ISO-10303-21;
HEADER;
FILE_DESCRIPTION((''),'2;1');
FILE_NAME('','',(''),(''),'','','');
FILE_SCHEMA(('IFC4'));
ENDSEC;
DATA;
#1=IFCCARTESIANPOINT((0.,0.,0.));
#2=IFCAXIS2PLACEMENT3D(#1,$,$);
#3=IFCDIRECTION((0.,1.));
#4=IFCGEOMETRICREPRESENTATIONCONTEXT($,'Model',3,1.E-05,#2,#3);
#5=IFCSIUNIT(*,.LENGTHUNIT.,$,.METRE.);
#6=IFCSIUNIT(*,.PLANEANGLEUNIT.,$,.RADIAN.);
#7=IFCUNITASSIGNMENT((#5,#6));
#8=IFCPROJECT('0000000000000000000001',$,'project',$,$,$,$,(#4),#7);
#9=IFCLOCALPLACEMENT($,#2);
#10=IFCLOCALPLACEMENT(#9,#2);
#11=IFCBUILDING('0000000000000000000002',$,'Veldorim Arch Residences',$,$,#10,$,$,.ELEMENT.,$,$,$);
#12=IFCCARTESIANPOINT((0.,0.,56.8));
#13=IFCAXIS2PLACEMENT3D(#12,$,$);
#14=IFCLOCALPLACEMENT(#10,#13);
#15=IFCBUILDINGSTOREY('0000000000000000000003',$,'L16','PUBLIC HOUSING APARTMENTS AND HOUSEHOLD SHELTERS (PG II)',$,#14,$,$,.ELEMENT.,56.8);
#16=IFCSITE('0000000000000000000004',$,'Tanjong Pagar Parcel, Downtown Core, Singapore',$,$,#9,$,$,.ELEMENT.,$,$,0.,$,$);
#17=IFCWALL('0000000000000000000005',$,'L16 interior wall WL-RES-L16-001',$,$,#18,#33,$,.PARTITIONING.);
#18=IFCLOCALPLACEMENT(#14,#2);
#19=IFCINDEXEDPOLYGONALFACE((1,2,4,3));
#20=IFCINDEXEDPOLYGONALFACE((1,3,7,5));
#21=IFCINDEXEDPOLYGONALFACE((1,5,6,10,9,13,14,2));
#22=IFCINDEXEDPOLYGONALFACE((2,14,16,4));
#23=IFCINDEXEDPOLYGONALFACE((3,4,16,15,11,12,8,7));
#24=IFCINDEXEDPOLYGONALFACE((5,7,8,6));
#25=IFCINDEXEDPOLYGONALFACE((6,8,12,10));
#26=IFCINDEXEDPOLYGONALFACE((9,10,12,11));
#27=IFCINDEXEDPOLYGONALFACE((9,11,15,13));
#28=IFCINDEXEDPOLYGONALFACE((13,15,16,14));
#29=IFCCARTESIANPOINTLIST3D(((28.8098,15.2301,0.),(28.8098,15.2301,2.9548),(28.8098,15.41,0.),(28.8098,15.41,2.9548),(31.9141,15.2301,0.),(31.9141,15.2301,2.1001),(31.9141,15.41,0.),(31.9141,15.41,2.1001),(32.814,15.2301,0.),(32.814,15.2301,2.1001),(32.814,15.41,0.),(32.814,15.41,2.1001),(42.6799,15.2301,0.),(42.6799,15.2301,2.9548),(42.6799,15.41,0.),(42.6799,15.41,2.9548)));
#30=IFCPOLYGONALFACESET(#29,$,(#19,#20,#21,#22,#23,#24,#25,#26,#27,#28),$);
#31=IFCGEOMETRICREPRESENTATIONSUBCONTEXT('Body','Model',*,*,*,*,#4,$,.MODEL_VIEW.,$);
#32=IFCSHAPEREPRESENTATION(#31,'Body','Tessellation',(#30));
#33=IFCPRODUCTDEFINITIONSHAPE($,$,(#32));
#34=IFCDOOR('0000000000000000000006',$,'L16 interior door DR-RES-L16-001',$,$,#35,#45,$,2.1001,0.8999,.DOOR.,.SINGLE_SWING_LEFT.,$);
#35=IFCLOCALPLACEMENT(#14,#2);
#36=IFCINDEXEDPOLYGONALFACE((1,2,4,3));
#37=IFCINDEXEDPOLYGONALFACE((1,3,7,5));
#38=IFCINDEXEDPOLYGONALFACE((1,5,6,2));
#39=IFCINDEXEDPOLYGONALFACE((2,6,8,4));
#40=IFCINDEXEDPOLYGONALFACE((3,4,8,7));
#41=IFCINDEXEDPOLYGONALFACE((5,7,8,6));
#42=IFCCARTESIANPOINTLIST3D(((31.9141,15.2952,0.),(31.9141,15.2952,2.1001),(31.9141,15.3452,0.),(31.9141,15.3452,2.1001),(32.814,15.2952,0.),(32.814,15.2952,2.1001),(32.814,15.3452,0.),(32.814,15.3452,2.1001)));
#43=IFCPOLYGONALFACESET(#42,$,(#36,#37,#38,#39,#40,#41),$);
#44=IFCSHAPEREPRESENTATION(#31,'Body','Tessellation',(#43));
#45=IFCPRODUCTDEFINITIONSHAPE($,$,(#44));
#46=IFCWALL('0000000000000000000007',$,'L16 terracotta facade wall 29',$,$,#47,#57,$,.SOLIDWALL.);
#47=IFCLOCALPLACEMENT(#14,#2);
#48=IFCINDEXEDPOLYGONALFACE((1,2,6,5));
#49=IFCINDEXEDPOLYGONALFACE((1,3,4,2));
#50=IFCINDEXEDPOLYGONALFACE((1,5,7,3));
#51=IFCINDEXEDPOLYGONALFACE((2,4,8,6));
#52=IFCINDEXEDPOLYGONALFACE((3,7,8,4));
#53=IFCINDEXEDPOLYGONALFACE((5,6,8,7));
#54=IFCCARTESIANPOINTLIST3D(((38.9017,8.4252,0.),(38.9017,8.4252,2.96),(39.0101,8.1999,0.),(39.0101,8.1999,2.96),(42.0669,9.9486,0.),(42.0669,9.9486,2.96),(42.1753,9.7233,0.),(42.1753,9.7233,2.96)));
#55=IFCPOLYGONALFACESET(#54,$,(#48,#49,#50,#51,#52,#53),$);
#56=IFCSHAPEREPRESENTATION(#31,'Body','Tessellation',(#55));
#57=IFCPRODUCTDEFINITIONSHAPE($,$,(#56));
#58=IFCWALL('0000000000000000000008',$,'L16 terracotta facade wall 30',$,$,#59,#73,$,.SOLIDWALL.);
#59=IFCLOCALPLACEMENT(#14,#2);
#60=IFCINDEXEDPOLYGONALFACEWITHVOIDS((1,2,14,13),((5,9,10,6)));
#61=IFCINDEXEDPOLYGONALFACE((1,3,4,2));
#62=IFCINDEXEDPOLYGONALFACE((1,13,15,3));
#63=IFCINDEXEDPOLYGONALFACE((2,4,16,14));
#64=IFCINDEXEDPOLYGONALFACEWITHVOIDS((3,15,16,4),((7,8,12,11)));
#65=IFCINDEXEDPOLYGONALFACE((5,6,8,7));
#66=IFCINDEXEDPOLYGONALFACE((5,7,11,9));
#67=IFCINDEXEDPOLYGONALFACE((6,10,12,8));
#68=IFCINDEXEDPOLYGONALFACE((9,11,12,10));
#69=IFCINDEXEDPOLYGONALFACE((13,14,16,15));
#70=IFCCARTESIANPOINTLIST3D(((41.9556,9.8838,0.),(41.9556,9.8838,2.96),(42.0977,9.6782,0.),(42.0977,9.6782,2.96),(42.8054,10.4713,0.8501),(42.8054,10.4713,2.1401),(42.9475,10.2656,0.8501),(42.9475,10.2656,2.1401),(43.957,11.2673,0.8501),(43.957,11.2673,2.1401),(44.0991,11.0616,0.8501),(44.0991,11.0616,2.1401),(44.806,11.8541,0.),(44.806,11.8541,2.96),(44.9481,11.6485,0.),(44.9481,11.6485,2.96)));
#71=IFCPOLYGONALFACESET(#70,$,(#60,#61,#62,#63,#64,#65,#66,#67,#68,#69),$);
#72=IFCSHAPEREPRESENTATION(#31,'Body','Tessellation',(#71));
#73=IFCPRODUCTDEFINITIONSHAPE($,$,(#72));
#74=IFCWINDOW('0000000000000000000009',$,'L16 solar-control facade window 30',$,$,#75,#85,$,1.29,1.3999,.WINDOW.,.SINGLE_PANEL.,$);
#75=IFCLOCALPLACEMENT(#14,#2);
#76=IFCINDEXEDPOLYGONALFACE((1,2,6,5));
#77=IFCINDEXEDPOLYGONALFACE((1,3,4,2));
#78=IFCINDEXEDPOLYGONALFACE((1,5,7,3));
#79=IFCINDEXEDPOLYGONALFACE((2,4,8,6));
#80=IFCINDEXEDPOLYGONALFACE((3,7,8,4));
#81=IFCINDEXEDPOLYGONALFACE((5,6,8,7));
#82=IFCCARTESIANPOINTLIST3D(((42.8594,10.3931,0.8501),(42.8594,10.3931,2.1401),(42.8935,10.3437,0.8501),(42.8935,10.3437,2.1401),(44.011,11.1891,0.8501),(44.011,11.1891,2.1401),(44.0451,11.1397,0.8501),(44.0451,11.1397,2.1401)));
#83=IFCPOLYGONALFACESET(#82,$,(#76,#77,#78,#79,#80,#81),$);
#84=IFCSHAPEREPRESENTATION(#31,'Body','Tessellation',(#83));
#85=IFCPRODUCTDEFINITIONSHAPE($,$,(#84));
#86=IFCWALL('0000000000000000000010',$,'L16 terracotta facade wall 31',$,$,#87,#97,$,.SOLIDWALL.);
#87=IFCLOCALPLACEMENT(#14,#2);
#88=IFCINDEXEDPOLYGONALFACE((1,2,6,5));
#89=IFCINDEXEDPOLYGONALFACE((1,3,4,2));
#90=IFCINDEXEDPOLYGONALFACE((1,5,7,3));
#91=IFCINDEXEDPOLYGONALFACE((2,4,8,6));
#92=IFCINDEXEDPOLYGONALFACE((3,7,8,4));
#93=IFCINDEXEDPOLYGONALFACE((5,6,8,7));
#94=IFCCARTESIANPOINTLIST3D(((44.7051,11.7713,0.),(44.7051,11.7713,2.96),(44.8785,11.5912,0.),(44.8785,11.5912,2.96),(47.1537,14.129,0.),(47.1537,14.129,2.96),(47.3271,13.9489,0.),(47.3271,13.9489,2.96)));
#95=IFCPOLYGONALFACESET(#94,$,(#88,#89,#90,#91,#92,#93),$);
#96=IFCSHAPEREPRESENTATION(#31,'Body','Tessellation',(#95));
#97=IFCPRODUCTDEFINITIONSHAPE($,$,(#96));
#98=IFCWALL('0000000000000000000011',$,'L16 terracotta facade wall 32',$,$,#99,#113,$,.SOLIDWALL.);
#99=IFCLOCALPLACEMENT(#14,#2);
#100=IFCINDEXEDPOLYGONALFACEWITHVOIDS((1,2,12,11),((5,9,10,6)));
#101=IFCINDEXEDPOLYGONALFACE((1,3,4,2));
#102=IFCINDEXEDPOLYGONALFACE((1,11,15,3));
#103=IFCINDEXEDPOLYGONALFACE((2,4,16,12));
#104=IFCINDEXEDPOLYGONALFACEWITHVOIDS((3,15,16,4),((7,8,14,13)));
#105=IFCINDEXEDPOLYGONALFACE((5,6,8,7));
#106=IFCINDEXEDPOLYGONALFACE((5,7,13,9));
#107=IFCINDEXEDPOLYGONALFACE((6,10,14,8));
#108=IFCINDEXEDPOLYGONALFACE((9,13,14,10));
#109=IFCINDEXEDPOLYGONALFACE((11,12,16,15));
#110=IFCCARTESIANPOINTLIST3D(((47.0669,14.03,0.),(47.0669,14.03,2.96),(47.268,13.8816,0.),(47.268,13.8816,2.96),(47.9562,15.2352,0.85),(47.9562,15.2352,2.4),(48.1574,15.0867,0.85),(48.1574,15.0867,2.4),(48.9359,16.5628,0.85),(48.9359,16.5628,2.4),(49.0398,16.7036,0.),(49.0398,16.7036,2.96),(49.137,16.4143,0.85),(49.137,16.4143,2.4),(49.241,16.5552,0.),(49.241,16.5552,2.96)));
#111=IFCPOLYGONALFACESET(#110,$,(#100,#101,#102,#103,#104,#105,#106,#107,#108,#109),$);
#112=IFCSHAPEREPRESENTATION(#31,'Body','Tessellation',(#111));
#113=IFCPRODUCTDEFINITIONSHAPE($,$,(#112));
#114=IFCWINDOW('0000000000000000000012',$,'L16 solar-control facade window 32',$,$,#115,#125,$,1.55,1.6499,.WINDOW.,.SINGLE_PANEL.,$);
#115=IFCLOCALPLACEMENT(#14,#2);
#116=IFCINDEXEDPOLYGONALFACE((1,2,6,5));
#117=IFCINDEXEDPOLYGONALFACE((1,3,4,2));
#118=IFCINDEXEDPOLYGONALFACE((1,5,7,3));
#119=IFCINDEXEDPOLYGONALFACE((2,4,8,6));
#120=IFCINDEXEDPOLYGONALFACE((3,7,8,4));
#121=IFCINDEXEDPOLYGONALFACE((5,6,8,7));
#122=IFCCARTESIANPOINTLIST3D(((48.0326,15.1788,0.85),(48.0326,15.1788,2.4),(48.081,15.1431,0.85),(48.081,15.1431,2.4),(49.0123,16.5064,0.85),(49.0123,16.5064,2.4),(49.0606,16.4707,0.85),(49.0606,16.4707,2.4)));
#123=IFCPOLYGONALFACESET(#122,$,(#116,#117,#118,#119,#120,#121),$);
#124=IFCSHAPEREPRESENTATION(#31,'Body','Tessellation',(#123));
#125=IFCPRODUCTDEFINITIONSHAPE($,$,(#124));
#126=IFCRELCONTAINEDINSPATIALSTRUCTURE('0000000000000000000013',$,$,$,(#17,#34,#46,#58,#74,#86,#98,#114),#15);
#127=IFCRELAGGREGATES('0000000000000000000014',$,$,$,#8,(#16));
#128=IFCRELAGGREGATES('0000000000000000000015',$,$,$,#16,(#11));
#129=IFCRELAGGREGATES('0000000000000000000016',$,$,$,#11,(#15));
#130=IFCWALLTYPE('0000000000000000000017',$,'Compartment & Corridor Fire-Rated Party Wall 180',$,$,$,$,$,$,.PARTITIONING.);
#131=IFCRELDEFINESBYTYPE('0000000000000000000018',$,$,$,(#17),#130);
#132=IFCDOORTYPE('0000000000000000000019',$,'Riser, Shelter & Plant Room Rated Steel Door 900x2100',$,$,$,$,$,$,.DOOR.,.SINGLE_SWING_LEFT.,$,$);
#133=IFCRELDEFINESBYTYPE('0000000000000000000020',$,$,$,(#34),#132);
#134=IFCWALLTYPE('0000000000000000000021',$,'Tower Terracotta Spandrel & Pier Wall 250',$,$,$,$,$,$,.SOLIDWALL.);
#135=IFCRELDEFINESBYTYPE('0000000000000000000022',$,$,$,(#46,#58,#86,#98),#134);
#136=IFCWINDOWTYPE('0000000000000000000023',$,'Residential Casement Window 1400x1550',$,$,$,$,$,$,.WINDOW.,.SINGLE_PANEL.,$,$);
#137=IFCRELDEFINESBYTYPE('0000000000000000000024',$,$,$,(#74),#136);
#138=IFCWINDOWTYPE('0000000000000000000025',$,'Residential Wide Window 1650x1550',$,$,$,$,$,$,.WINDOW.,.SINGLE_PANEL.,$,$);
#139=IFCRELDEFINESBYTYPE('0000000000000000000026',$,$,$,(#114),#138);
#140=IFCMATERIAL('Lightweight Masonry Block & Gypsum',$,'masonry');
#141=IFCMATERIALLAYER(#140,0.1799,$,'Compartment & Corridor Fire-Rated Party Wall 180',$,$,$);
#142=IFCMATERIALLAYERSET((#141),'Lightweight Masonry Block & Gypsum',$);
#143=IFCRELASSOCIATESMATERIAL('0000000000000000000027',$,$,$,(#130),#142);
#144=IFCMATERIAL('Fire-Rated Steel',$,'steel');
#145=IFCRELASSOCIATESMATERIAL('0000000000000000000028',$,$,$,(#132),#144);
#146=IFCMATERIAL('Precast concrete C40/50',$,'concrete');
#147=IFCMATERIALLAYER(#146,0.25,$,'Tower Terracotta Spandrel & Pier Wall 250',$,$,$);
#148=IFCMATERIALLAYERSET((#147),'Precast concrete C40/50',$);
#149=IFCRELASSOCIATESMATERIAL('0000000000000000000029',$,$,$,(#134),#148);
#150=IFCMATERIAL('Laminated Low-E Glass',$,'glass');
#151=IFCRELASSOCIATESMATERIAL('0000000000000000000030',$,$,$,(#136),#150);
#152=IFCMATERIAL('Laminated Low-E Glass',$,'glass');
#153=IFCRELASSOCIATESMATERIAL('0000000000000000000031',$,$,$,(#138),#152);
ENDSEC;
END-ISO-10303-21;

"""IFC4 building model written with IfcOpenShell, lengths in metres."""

from ifc_helpers import new_model, si_unit, direction, frame, frame_2d, origin, place, context, subcontext, project, spatial, rectangle, extrude, material, layer, layer_set, type_object, element, fill, save


model = new_model("IFC4")

# Units and contexts
model_context = context("Model", 3, precision=1e-05, world=origin(), true_north=direction((0.0, 1.0)))
body_context = subcontext(model_context, "Body", "Model", "MODEL_VIEW")
ifc_project = project(units=[si_unit("LENGTHUNIT", "METRE"), si_unit("PLANEANGLEUNIT", "RADIAN")], contexts=[model_context])

# Site, building, storey
site_placement = place(None, origin())
site = spatial("IfcSite", under=ifc_project, at=site_placement, Name="Tanjong Pagar Parcel, Downtown Core, Singapore", CompositionType="ELEMENT", RefElevation=0.0)
building_placement = place(site_placement, origin())
building = spatial("IfcBuilding", under=site, at=building_placement, Name="Veldorim Arch Residences", CompositionType="ELEMENT")
storey_placement = place(building_placement, frame((0.0, 0.0, 56.8)))
storey = spatial("IfcBuildingStorey", under=building, at=storey_placement, Name="L16", Description="PUBLIC HOUSING APARTMENTS AND HOUSEHOLD SHELTERS (PG II)", CompositionType="ELEMENT", Elevation=56.8)

# Shared definitions
ifc_material_1 = material(Name="Lightweight Masonry Block & Gypsum", Category="masonry")
ifc_layer_1 = layer(ifc_material_1, 0.1799, Name="Compartment & Corridor Fire-Rated Party Wall 180")
ifc_layer_set_1 = layer_set([ifc_layer_1], Name="Lightweight Masonry Block & Gypsum")
wall_type_1 = type_object("IfcWallType", Name="Compartment & Corridor Fire-Rated Party Wall 180", PredefinedType="PARTITIONING", material=ifc_layer_set_1)

# Wall, opening, door
wall_1_placement = place(storey_placement, frame((42.6799, 15.3201, 0.0), z_axis=(0.0, 0.0, 1.0), x_axis=(-1.0, 0.0, 0.0)))
wall_1 = element("IfcWall", 1, at=wall_1_placement, inside=storey, type_object=wall_type_1, Name="L16 interior wall WL-RES-L16-001", PredefinedType="PARTITIONING", context=body_context, shape_type="SweptSolid", body=[
    extrude(rectangle(XDim=13.8701, YDim=0.1799, at=frame_2d((6.9351, 0.0))), origin(), (0.0, 0.0, 1.0), 2.9548),
])
opening_1_placement = place(wall_1_placement, frame((9.866, 0.0, 0.0)))
opening_1 = element("IfcOpeningElement", 2, at=opening_1_placement, cuts=wall_1, PredefinedType="OPENING", context=body_context, shape_type="SweptSolid", body=[
    extrude(rectangle(XDim=0.8999, YDim=2.1001, at=frame_2d((0.45, 1.05))), frame((0.0, 0.0999, 0.0), z_axis=(0.0, -1.0, 0.0), x_axis=(1.0, 0.0, 0.0)), (0.0, 0.0, 1.0), 0.2),
])
ifc_material_2 = material(Name="Fire-Rated Steel", Category="steel")
door_type_1 = type_object("IfcDoorType", Name="Riser, Shelter & Plant Room Rated Steel Door 900x2100", OperationType="SINGLE_SWING_LEFT", PredefinedType="DOOR", material=ifc_material_2)
door_1_placement = place(opening_1_placement, origin())
door_1 = element("IfcDoor", 3, at=door_1_placement, inside=storey, type_object=door_type_1, Name="L16 interior door DR-RES-L16-001", OperationType="SINGLE_SWING_LEFT", OverallHeight=2.1001, OverallWidth=0.8999, PredefinedType="DOOR", context=body_context, shape_type="SweptSolid", body=[
    extrude(rectangle(XDim=0.8999, YDim=2.1001, at=frame_2d((0.45, 1.05))), frame((0.0, 0.0249, 0.0), z_axis=(0.0, -1.0, 0.0), x_axis=(1.0, 0.0, 0.0)), (0.0, 0.0, 1.0), 0.05),
])
fill(opening_1, door_1)

# Wall
ifc_material_3 = material(Name="Precast concrete C40/50", Category="concrete")
ifc_layer_2 = layer(ifc_material_3, 0.25, Name="Tower Terracotta Spandrel & Pier Wall 250")
ifc_layer_set_2 = layer_set([ifc_layer_2], Name="Precast concrete C40/50")
wall_type_2 = type_object("IfcWallType", Name="Tower Terracotta Spandrel & Pier Wall 250", PredefinedType="SOLIDWALL", material=ifc_layer_set_2)
wall_2_placement = place(storey_placement, frame((42.1211, 9.8359, 0.0), z_axis=(0.0, 0.0, 1.0), x_axis=(-0.901067, -0.43368, 0.0)))
element("IfcWall", 4, at=wall_2_placement, inside=storey, type_object=wall_type_2, Name="L16 terracotta facade wall 29", PredefinedType="SOLIDWALL", context=body_context, shape_type="SweptSolid", body=[
    extrude(rectangle(XDim=3.5127, YDim=0.25, at=frame_2d((1.7563, 0.0))), origin(), (0.0, 0.0, 1.0), 2.96),
])

# Wall, opening, window
wall_3_placement = place(storey_placement, frame((44.877, 11.7512, 0.0), z_axis=(0.0, 0.0, 1.0), x_axis=(-0.82261, -0.568605, 0.0)))
wall_3 = element("IfcWall", 5, at=wall_3_placement, inside=storey, type_object=wall_type_2, Name="L16 terracotta facade wall 30", PredefinedType="SOLIDWALL", context=body_context, shape_type="SweptSolid", body=[
    extrude(rectangle(XDim=3.4651, YDim=0.25, at=frame_2d((1.7324, 0.0))), origin(), (0.0, 0.0, 1.0), 2.96),
])
opening_2_placement = place(wall_3_placement, frame((1.032, 0.0, 0.8501)))
opening_2 = element("IfcOpeningElement", 6, at=opening_2_placement, cuts=wall_3, PredefinedType="OPENING", context=body_context, shape_type="SweptSolid", body=[
    extrude(rectangle(XDim=1.3999, YDim=1.29, at=frame_2d((0.7, 0.645))), frame((0.0, 0.135, 0.0), z_axis=(0.0, -1.0, 0.0), x_axis=(1.0, 0.0, 0.0)), (0.0, 0.0, 1.0), 0.27),
])
ifc_material_4 = material(Name="Laminated Low-E Glass", Category="glass")
window_type_1 = type_object("IfcWindowType", Name="Residential Casement Window 1400x1550", PartitioningType="SINGLE_PANEL", PredefinedType="WINDOW", material=ifc_material_4)
window_1_placement = place(opening_2_placement, origin())
window_1 = element("IfcWindow", 7, at=window_1_placement, inside=storey, type_object=window_type_1, Name="L16 solar-control facade window 30", OverallHeight=1.29, OverallWidth=1.3999, PartitioningType="SINGLE_PANEL", PredefinedType="WINDOW", context=body_context, shape_type="SweptSolid", body=[
    extrude(rectangle(XDim=1.3999, YDim=1.29, at=frame_2d((0.7, 0.645))), frame((0.0, 0.03, 0.0), z_axis=(0.0, -1.0, 0.0), x_axis=(1.0, 0.0, 0.0)), (0.0, 0.0, 1.0), 0.0601),
])
fill(opening_2, window_1)

# Wall
wall_4_placement = place(storey_placement, frame((47.2405, 14.0391, 0.0), z_axis=(0.0, 0.0, 1.0), x_axis=(-0.72034, -0.693621, 0.0)))
element("IfcWall", 8, at=wall_4_placement, inside=storey, type_object=wall_type_2, Name="L16 terracotta facade wall 31", PredefinedType="SOLIDWALL", context=body_context, shape_type="SweptSolid", body=[
    extrude(rectangle(XDim=3.3992, YDim=0.25, at=frame_2d((1.6997, 0.0))), origin(), (0.0, 0.0, 1.0), 2.96),
])

# Wall, opening, window
wall_5_placement = place(storey_placement, frame((49.1404, 16.6294, 0.0), z_axis=(0.0, 0.0, 1.0), x_axis=(-0.593763, -0.80464, 0.0)))
wall_5 = element("IfcWall", 9, at=wall_5_placement, inside=storey, type_object=wall_type_2, Name="L16 terracotta facade wall 32", PredefinedType="SOLIDWALL", context=body_context, shape_type="SweptSolid", body=[
    extrude(rectangle(XDim=3.3228, YDim=0.25, at=frame_2d((1.6614, 0.0))), origin(), (0.0, 0.0, 1.0), 2.96),
])
opening_3_placement = place(wall_5_placement, frame((0.175, 0.0, 0.8501)))
opening_3 = element("IfcOpeningElement", 10, at=opening_3_placement, cuts=wall_5, PredefinedType="OPENING", context=body_context, shape_type="SweptSolid", body=[
    extrude(rectangle(XDim=1.6499, YDim=1.55, at=frame_2d((0.825, 0.7749))), frame((0.0, 0.135, 0.0), z_axis=(0.0, -1.0, 0.0), x_axis=(1.0, 0.0, 0.0)), (0.0, 0.0, 1.0), 0.27),
])
ifc_material_5 = material(Name="Laminated Low-E Glass", Category="glass")
window_type_2 = type_object("IfcWindowType", Name="Residential Wide Window 1650x1550", PartitioningType="SINGLE_PANEL", PredefinedType="WINDOW", material=ifc_material_5)
window_2_placement = place(opening_3_placement, origin())
window_2 = element("IfcWindow", 11, at=window_2_placement, inside=storey, type_object=window_type_2, Name="L16 solar-control facade window 32", OverallHeight=1.55, OverallWidth=1.6499, PartitioningType="SINGLE_PANEL", PredefinedType="WINDOW", context=body_context, shape_type="SweptSolid", body=[
    extrude(rectangle(XDim=1.6499, YDim=1.55, at=frame_2d((0.825, 0.7749))), frame((0.0, 0.03, 0.0), z_axis=(0.0, -1.0, 0.0), x_axis=(1.0, 0.0, 0.0)), (0.0, 0.0, 1.0), 0.0601),
])
fill(opening_3, window_2)

save(model, "model.ifc")
